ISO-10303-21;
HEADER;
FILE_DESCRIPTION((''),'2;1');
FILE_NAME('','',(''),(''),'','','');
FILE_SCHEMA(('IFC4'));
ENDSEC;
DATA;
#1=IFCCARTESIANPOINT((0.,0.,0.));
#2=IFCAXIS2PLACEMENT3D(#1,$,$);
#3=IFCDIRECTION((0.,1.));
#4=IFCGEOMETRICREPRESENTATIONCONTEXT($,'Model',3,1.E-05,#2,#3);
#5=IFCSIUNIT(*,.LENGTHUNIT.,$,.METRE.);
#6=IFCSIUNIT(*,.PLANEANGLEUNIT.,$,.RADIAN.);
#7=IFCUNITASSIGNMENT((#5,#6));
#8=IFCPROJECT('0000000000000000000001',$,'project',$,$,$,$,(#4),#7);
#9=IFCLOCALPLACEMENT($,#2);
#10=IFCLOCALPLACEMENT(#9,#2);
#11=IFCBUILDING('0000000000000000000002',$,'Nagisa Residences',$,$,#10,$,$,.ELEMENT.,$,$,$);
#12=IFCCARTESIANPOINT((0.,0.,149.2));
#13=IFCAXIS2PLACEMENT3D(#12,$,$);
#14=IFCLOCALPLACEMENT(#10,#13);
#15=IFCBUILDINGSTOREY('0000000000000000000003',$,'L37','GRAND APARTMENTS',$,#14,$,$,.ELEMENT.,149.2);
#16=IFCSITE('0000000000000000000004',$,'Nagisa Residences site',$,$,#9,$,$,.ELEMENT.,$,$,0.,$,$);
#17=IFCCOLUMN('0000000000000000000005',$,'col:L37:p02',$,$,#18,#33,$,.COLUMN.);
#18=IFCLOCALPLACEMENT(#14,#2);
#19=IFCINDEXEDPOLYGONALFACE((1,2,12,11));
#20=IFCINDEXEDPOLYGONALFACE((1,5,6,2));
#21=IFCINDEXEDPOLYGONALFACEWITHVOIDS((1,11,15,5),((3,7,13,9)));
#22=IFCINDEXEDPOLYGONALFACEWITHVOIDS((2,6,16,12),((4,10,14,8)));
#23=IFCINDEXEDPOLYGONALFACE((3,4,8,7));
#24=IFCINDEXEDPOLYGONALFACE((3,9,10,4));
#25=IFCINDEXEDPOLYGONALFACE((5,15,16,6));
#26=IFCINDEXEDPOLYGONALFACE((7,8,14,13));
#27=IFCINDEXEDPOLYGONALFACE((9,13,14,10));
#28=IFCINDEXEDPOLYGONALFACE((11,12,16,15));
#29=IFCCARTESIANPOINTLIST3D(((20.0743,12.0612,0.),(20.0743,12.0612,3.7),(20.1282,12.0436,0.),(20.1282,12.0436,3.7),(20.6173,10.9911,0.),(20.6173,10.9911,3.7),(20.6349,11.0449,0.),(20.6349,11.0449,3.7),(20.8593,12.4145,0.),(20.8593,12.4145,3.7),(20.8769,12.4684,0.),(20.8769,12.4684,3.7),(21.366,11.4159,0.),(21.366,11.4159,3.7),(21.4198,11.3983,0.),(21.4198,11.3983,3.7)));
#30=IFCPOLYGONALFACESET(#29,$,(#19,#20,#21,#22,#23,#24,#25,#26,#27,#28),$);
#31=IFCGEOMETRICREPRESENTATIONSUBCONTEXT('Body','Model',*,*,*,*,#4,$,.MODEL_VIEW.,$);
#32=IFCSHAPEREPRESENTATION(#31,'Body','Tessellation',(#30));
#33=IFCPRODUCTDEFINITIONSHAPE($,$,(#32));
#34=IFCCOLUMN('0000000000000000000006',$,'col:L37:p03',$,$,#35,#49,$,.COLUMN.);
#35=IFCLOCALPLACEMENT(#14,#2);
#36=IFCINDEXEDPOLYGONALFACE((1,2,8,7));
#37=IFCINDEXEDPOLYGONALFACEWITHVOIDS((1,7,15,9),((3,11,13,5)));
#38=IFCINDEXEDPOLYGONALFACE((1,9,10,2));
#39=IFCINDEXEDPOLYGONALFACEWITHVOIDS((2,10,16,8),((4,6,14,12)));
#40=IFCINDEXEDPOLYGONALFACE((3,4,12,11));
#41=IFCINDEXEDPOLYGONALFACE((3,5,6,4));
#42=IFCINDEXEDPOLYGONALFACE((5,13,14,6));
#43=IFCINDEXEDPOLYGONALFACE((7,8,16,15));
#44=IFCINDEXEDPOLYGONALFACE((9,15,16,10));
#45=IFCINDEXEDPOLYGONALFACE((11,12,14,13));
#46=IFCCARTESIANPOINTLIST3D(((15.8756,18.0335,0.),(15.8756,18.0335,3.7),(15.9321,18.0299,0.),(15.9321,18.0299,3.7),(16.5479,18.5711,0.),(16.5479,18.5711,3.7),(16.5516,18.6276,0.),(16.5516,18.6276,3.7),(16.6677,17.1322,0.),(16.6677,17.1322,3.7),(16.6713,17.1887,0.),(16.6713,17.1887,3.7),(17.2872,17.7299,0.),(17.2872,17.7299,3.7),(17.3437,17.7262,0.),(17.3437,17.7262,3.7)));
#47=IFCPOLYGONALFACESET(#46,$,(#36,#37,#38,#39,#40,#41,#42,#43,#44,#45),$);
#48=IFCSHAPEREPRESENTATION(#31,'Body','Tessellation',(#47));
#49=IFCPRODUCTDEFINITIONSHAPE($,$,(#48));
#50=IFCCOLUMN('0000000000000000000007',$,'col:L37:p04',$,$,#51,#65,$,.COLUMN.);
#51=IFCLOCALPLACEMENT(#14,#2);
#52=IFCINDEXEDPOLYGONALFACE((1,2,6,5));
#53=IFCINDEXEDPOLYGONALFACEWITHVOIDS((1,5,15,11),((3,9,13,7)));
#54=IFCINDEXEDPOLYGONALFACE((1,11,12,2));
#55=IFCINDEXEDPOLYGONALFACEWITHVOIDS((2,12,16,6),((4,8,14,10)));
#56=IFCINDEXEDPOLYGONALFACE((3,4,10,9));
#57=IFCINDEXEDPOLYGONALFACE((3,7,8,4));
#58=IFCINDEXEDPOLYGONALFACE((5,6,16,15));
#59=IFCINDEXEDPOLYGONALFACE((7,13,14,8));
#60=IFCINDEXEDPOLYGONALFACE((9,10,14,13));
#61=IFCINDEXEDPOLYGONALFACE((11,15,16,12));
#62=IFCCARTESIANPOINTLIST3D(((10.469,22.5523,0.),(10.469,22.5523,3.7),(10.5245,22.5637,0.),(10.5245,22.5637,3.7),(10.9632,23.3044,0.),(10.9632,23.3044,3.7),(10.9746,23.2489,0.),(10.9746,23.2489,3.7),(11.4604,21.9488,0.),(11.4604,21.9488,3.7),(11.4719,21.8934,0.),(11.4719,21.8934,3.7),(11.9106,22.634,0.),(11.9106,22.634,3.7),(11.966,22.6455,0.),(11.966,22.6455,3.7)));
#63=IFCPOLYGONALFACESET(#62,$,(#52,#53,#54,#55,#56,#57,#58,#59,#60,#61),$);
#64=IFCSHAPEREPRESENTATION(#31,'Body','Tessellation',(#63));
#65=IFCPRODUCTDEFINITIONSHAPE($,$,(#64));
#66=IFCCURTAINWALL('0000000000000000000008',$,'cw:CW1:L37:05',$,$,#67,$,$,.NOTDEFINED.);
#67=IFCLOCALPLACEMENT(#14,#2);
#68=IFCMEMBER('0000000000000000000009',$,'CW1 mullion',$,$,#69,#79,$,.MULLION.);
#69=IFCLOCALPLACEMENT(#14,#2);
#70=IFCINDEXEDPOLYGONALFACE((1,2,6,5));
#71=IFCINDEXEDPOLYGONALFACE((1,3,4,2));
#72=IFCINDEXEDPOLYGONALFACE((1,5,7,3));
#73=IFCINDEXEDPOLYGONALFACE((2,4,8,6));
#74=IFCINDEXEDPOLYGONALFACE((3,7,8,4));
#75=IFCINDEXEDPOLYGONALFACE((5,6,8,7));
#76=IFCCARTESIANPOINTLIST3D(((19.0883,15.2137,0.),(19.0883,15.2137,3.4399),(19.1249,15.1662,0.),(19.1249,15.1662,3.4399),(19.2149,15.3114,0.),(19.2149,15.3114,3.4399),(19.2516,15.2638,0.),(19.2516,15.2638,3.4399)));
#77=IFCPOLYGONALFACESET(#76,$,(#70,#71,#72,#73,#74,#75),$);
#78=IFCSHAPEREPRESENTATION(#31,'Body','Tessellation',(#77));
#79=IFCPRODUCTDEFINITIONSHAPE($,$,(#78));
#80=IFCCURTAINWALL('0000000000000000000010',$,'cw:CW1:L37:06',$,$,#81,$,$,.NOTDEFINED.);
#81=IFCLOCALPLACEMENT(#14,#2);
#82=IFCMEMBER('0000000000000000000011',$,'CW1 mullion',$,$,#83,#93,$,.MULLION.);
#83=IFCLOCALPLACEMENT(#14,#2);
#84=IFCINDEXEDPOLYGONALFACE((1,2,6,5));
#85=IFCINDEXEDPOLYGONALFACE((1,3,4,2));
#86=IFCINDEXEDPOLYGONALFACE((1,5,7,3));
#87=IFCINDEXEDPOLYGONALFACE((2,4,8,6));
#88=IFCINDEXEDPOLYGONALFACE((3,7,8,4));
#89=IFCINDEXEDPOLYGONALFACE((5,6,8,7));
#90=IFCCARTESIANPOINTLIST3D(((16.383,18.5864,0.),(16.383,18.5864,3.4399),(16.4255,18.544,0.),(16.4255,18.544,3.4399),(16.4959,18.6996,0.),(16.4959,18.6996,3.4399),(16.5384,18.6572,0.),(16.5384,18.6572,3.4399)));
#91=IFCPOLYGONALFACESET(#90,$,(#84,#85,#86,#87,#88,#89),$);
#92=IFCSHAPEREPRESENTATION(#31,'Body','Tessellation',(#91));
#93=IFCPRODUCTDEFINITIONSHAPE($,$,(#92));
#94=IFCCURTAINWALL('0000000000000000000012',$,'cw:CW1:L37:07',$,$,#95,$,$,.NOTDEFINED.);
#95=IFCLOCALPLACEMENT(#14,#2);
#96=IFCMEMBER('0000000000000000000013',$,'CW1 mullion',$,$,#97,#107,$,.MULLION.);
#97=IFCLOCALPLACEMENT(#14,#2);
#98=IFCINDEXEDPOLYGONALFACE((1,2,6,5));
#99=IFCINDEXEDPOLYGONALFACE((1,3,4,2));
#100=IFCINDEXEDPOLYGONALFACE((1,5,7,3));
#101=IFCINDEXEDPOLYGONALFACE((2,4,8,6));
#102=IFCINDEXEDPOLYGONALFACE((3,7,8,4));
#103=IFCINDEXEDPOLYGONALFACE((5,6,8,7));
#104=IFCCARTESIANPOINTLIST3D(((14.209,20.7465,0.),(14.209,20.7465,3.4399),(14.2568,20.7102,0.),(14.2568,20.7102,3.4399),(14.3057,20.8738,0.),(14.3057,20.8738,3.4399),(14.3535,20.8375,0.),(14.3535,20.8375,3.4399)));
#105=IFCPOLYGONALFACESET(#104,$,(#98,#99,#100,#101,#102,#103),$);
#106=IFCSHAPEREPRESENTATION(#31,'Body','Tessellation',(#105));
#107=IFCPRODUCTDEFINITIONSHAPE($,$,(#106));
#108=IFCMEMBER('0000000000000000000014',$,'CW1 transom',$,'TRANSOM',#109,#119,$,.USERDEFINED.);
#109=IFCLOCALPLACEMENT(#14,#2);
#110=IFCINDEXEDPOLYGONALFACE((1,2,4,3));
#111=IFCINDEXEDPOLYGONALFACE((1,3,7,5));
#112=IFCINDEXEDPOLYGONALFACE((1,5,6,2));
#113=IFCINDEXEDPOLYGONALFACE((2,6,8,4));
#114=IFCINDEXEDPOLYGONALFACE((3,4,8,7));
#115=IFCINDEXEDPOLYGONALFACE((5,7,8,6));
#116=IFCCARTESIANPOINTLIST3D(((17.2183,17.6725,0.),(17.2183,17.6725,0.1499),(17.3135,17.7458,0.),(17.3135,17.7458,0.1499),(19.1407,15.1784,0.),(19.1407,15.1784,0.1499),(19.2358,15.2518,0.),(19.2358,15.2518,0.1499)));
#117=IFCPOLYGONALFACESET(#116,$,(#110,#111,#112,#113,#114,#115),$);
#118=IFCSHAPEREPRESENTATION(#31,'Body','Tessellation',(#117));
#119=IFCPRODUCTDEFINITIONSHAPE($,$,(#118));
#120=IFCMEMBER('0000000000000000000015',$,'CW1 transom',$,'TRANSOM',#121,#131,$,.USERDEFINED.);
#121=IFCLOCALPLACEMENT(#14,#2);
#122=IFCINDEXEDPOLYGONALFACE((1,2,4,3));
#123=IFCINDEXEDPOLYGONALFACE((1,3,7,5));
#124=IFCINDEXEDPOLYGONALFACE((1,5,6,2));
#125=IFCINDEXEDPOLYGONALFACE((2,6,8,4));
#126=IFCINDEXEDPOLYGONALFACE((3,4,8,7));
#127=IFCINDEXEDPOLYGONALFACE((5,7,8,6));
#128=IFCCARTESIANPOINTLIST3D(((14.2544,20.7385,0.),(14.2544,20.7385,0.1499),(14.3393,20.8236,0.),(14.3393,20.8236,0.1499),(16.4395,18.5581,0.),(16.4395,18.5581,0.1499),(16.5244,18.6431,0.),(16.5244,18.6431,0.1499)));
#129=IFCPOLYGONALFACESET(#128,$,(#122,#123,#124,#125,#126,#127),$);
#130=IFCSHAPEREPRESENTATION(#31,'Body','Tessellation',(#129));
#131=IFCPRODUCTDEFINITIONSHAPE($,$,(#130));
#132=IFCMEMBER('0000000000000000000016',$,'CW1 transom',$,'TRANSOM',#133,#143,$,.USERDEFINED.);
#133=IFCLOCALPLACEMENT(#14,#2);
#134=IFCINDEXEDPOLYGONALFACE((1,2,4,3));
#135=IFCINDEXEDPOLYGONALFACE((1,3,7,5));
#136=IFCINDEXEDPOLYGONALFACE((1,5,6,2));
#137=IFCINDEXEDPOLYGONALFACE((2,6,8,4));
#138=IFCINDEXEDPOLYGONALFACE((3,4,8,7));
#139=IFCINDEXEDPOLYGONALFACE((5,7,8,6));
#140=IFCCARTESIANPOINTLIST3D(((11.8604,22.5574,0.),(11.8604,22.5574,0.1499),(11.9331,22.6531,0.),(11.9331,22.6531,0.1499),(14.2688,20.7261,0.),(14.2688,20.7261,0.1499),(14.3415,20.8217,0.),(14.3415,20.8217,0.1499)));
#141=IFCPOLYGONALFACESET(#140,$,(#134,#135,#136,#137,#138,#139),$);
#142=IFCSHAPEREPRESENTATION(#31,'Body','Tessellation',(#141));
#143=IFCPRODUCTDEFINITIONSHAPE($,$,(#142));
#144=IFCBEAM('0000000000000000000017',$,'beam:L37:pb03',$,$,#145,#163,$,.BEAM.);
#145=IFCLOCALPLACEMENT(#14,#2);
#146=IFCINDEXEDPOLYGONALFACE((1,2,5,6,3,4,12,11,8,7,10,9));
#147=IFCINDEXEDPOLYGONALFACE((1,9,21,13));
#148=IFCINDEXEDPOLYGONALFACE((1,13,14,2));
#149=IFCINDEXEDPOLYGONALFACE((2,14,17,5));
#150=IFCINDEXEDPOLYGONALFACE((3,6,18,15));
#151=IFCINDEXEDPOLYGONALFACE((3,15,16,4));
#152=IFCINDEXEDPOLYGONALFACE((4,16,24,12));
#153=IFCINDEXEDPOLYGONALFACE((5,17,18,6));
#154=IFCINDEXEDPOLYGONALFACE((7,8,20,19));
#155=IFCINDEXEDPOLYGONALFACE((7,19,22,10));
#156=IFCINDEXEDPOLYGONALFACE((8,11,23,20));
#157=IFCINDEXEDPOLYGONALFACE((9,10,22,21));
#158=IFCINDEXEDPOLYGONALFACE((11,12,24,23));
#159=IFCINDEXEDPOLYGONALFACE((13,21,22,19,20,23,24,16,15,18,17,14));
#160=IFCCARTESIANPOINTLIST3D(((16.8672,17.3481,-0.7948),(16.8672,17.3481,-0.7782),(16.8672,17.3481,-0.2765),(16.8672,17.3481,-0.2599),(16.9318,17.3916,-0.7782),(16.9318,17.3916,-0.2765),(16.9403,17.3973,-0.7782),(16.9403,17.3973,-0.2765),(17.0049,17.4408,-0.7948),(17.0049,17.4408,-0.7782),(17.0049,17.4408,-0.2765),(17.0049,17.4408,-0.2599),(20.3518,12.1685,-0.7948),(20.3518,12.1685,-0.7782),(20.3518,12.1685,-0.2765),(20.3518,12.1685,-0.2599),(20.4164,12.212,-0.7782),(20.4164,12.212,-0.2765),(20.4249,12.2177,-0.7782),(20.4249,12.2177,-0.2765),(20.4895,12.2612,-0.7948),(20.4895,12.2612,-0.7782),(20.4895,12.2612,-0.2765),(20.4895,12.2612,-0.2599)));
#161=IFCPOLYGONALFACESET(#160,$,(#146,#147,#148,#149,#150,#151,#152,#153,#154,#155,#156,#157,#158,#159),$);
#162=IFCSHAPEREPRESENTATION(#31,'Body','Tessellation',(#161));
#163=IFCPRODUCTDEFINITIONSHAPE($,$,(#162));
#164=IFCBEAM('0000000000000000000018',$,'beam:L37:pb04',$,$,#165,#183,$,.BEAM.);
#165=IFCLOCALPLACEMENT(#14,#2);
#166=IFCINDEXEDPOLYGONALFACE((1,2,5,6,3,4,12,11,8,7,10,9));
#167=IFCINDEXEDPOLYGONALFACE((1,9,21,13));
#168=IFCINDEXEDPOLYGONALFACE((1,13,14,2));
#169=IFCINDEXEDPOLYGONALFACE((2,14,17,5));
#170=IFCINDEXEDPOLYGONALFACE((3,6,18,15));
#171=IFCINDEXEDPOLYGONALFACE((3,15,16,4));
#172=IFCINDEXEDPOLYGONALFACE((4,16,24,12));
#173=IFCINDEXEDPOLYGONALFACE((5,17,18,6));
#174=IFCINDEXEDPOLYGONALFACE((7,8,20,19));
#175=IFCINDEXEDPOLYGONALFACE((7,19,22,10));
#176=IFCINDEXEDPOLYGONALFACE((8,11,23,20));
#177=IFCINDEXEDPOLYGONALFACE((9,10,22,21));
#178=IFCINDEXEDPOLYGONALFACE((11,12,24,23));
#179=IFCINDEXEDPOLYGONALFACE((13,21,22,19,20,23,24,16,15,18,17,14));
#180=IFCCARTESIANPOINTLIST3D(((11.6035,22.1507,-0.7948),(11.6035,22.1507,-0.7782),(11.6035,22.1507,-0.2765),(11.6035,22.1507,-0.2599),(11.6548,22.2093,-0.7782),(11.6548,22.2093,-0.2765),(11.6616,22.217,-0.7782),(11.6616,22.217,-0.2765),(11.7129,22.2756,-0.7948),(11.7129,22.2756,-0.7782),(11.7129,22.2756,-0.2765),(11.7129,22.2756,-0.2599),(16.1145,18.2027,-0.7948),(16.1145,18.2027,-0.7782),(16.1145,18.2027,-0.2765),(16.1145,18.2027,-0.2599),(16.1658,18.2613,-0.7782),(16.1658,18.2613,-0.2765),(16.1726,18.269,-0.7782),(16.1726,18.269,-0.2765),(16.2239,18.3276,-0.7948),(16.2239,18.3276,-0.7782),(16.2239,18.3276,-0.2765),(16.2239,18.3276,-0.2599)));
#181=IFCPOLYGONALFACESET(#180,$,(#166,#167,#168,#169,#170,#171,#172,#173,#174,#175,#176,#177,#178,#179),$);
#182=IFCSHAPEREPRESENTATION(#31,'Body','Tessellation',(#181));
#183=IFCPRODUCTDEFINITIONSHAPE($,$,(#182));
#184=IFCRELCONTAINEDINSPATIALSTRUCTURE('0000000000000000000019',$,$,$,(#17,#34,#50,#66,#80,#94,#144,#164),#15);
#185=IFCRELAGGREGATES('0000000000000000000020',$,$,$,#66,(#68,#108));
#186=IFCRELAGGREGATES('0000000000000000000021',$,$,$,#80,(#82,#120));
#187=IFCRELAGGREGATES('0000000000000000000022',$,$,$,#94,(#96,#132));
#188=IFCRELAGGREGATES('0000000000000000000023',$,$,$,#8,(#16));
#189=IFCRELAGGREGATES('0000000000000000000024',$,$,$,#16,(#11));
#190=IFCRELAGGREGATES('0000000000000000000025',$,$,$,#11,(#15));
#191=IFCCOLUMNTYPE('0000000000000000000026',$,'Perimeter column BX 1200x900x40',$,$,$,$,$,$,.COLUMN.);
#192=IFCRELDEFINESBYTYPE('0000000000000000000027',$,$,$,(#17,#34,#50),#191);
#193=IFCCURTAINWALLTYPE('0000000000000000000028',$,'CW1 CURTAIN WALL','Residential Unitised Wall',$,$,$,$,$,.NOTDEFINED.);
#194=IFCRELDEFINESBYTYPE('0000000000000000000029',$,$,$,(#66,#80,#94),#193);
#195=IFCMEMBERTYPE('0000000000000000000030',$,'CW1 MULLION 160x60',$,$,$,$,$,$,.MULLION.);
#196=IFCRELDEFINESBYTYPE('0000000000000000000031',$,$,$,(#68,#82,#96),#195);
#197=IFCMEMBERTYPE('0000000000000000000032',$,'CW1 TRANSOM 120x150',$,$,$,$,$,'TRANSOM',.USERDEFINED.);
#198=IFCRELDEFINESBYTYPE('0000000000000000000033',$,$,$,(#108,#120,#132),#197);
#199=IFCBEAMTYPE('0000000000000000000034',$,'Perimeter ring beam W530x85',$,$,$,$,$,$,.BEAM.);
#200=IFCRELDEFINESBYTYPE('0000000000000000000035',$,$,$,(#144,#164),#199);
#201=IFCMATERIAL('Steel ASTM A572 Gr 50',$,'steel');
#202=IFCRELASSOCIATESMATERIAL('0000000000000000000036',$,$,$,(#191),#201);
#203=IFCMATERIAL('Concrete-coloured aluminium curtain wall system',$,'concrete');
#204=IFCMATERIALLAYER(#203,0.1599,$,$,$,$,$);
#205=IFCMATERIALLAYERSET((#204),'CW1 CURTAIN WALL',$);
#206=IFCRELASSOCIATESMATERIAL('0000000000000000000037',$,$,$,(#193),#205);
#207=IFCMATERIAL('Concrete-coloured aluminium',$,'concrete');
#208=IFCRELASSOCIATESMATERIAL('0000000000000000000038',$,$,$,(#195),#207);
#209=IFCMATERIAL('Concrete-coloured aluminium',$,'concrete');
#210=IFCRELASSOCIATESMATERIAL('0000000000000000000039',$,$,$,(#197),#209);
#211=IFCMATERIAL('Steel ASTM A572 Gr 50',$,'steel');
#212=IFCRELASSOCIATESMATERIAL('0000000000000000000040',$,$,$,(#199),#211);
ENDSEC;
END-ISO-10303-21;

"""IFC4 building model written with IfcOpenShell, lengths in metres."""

from ifc_helpers import new_model, si_unit, direction, frame, origin, origin_2d, place, context, subcontext, project, spatial, rectangle, hollow_rectangle, i_section, extrude, material, layer, layer_set, material_profile, profile_set, type_object, element, aggregate, save


model = new_model("IFC4")

# Units and contexts
model_context = context("Model", 3, precision=1e-05, world=origin(), true_north=direction((0.0, 1.0)))
body_context = subcontext(model_context, "Body", "Model", "MODEL_VIEW")
ifc_project = project(units=[si_unit("LENGTHUNIT", "METRE"), si_unit("PLANEANGLEUNIT", "RADIAN")], contexts=[model_context])

# Site, building, storey
site_placement = place(None, origin())
site = spatial("IfcSite", under=ifc_project, at=site_placement, Name="Nagisa Residences site", CompositionType="ELEMENT", RefElevation=0.0)
building_placement = place(site_placement, origin())
building = spatial("IfcBuilding", under=site, at=building_placement, Name="Nagisa Residences", CompositionType="ELEMENT")
storey_placement = place(building_placement, frame((0.0, 0.0, 149.2)))
storey = spatial("IfcBuildingStorey", under=building, at=storey_placement, Name="L37", Description="GRAND APARTMENTS", CompositionType="ELEMENT", Elevation=149.2)

# Columns
ifc_material_1 = material(Name="Steel ASTM A572 Gr 50", Category="steel")
ifc_material_profile_1 = material_profile(ifc_material_1, hollow_rectangle(XDim=1.2, YDim=0.8999, WallThickness=0.04, at=origin_2d()), Name="BX 1200x900x40")
ifc_profile_set_1 = profile_set([ifc_material_profile_1], Name="Steel ASTM A572 Gr 50")
column_type = type_object("IfcColumnType", Name="Perimeter column BX 1200x900x40", PredefinedType="COLUMN", material=ifc_profile_set_1)
for number, where, z_axis, x_axis, name in (
    (1, (20.7471, 11.7297, 0.0), (0.0, 0.0, 1.0), (-0.452463, 0.891783, 0.0), "col:L37:p02"),
    (2, (16.6096, 17.8799, 0.0), (0.0, 0.0, 1.0), (-0.660115, 0.751165, 0.0), "col:L37:p03"),
    (3, (11.2175, 22.5989, 0.0), (0.0, 0.0, 1.0), (-0.835766, 0.549086, 0.0), "col:L37:p04"),
):
    element("IfcColumn", number, at=place(storey_placement, frame(where, z_axis=z_axis, x_axis=x_axis)), inside=storey, type_object=column_type, Name=name, PredefinedType="COLUMN", context=body_context, shape_type="SweptSolid", body=[
        extrude(hollow_rectangle(XDim=1.2, YDim=0.8999, WallThickness=0.04, at=origin_2d()), origin(), (0.0, 0.0, 1.0), 3.7),
    ])

# Curtain walls, members
ifc_material_2 = material(Name="Concrete-coloured aluminium curtain wall system", Category="concrete")
ifc_layer_1 = layer(ifc_material_2, 0.1599)
ifc_layer_set_1 = layer_set([ifc_layer_1], Name="CW1 CURTAIN WALL")
curtain_wall_type = type_object("IfcCurtainWallType", Name="CW1 CURTAIN WALL", Description="Residential Unitised Wall", PredefinedType="NOTDEFINED", material=ifc_layer_set_1)
curtain_wall_1_placement = place(storey_placement, origin())
curtain_wall_1 = element("IfcCurtainWall", 4, at=curtain_wall_1_placement, inside=storey, type_object=curtain_wall_type, Name="cw:CW1:L37:05", PredefinedType="NOTDEFINED")
ifc_material_3 = material(Name="Concrete-coloured aluminium", Category="concrete")
ifc_material_profile_2 = material_profile(ifc_material_3, rectangle(XDim=0.1599, YDim=0.0601, at=origin_2d()), Name="CW1 MULLION 160x60")
ifc_profile_set_2 = profile_set([ifc_material_profile_2], Name="Concrete-coloured aluminium")
member_type_1 = type_object("IfcMemberType", Name="CW1 MULLION 160x60", PredefinedType="MULLION", material=ifc_profile_set_2)
member_1_placement = place(storey_placement, frame((19.1699, 15.2388, 0.0), z_axis=(0.0, 0.0, 1.0), x_axis=(-0.79207, -0.61043, 0.0)))
member_1 = element("IfcMember", 5, at=member_1_placement, type_object=member_type_1, Name="CW1 mullion", PredefinedType="MULLION", context=body_context, shape_type="SweptSolid", body=[
    extrude(rectangle(XDim=0.1599, YDim=0.0601, at=origin_2d()), origin(), (0.0, 0.0, 1.0), 3.4399),
])
curtain_wall_2_placement = place(storey_placement, origin())
curtain_wall_2 = element("IfcCurtainWall", 6, at=curtain_wall_2_placement, inside=storey, type_object=curtain_wall_type, Name="cw:CW1:L37:06", PredefinedType="NOTDEFINED")
member_2_placement = place(storey_placement, frame((16.4607, 18.6218, 0.0), z_axis=(0.0, 0.0, 1.0), x_axis=(-0.706377, -0.707836, 0.0)))
member_2 = element("IfcMember", 7, at=member_2_placement, type_object=member_type_1, Name="CW1 mullion", PredefinedType="MULLION", context=body_context, shape_type="SweptSolid", body=[
    extrude(rectangle(XDim=0.1599, YDim=0.0601, at=origin_2d()), origin(), (0.0, 0.0, 1.0), 3.4399),
])
curtain_wall_3_placement = place(storey_placement, origin())
curtain_wall_3 = element("IfcCurtainWall", 8, at=curtain_wall_3_placement, inside=storey, type_object=curtain_wall_type, Name="cw:CW1:L37:07", PredefinedType="NOTDEFINED")
member_3_placement = place(storey_placement, frame((14.2812, 20.792, 0.0), z_axis=(0.0, 0.0, 1.0), x_axis=(-0.605255, -0.796031, 0.0)))
member_3 = element("IfcMember", 9, at=member_3_placement, type_object=member_type_1, Name="CW1 mullion", PredefinedType="MULLION", context=body_context, shape_type="SweptSolid", body=[
    extrude(rectangle(XDim=0.1599, YDim=0.0601, at=origin_2d()), origin(), (0.0, 0.0, 1.0), 3.4399),
])

# Members
ifc_material_4 = material(Name="Concrete-coloured aluminium", Category="concrete")
ifc_material_profile_3 = material_profile(ifc_material_4, rectangle(XDim=0.1201, YDim=0.1499, at=origin_2d()), Name="CW1 TRANSOM 120x150")
ifc_profile_set_3 = profile_set([ifc_material_profile_3], Name="Concrete-coloured aluminium")
member_type_2 = type_object("IfcMemberType", Name="CW1 TRANSOM 120x150", ElementType="TRANSOM", PredefinedType="USERDEFINED", material=ifc_profile_set_3)
member_4_placement = place(storey_placement, frame((19.1882, 15.2151, 0.075), z_axis=(-0.610467, 0.792041, 0.0), x_axis=(-0.792041, -0.610467, 0.0)))
member_4 = element("IfcMember", 10, at=member_4_placement, type_object=member_type_2, Name="CW1 transom", ObjectType="TRANSOM", PredefinedType="USERDEFINED", context=body_context, shape_type="SweptSolid", body=[
    extrude(rectangle(XDim=0.1201, YDim=0.1499, at=origin_2d()), origin(), (0.0, 0.0, 1.0), 3.1489),
])
member_5_placement = place(storey_placement, frame((16.4819, 18.6006, 0.075), z_axis=(-0.707858, 0.706355, 0.0), x_axis=(-0.706355, -0.707858, 0.0)))
member_5 = element("IfcMember", 11, at=member_5_placement, type_object=member_type_2, Name="CW1 transom", ObjectType="TRANSOM", PredefinedType="USERDEFINED", context=body_context, shape_type="SweptSolid", body=[
    extrude(rectangle(XDim=0.1201, YDim=0.1499, at=origin_2d()), origin(), (0.0, 0.0, 1.0), 3.0869),
])
member_6_placement = place(storey_placement, frame((14.3052, 20.7739, 0.075), z_axis=(-0.796022, 0.605267, 0.0), x_axis=(-0.605267, -0.796022, 0.0)))
member_6 = element("IfcMember", 12, at=member_6_placement, type_object=member_type_2, Name="CW1 transom", ObjectType="TRANSOM", PredefinedType="USERDEFINED", context=body_context, shape_type="SweptSolid", body=[
    extrude(rectangle(XDim=0.1201, YDim=0.1499, at=origin_2d()), origin(), (0.0, 0.0, 1.0), 3.0256),
])

# Beams
ifc_material_5 = material(Name="Steel ASTM A572 Gr 50", Category="steel")
ifc_material_profile_4 = material_profile(ifc_material_5, i_section(OverallWidth=0.166, OverallDepth=0.5349, WebThickness=0.0103, FlangeThickness=0.0166, at=origin_2d()), Name="W530x85")
ifc_profile_set_4 = profile_set([ifc_material_profile_4], Name="Steel ASTM A572 Gr 50")
beam_type_1 = type_object("IfcBeamType", Name="Perimeter ring beam W530x85", PredefinedType="BEAM", material=ifc_profile_set_4)
beam_1_placement = place(storey_placement, frame((20.4207, 12.2148, -0.5273), z_axis=(-0.558188, 0.829715, 0.0), x_axis=(-0.829715, -0.558188, 0.0)))
element("IfcBeam", 13, at=beam_1_placement, inside=storey, type_object=beam_type_1, Name="beam:L37:pb03", PredefinedType="BEAM", context=body_context, shape_type="SweptSolid", body=[
    extrude(i_section(OverallWidth=0.166, OverallDepth=0.5349, WebThickness=0.0103, FlangeThickness=0.0166, at=origin_2d()), origin(), (0.0, 0.0, 1.0), 6.2427),
])
beam_2_placement = place(storey_placement, frame((16.1692, 18.2651, -0.5273), z_axis=(-0.752504, 0.658588, 0.0), x_axis=(-0.658588, -0.752504, 0.0)))
element("IfcBeam", 14, at=beam_2_placement, inside=storey, type_object=beam_type_1, Name="beam:L37:pb04", PredefinedType="BEAM", context=body_context, shape_type="SweptSolid", body=[
    extrude(i_section(OverallWidth=0.166, OverallDepth=0.5349, WebThickness=0.0103, FlangeThickness=0.0166, at=origin_2d()), origin(), (0.0, 0.0, 1.0), 5.9946),
])

aggregate(curtain_wall_1, [member_1, member_4])
aggregate(curtain_wall_2, [member_2, member_5])
aggregate(curtain_wall_3, [member_3, member_6])

save(model, "model.ifc")
